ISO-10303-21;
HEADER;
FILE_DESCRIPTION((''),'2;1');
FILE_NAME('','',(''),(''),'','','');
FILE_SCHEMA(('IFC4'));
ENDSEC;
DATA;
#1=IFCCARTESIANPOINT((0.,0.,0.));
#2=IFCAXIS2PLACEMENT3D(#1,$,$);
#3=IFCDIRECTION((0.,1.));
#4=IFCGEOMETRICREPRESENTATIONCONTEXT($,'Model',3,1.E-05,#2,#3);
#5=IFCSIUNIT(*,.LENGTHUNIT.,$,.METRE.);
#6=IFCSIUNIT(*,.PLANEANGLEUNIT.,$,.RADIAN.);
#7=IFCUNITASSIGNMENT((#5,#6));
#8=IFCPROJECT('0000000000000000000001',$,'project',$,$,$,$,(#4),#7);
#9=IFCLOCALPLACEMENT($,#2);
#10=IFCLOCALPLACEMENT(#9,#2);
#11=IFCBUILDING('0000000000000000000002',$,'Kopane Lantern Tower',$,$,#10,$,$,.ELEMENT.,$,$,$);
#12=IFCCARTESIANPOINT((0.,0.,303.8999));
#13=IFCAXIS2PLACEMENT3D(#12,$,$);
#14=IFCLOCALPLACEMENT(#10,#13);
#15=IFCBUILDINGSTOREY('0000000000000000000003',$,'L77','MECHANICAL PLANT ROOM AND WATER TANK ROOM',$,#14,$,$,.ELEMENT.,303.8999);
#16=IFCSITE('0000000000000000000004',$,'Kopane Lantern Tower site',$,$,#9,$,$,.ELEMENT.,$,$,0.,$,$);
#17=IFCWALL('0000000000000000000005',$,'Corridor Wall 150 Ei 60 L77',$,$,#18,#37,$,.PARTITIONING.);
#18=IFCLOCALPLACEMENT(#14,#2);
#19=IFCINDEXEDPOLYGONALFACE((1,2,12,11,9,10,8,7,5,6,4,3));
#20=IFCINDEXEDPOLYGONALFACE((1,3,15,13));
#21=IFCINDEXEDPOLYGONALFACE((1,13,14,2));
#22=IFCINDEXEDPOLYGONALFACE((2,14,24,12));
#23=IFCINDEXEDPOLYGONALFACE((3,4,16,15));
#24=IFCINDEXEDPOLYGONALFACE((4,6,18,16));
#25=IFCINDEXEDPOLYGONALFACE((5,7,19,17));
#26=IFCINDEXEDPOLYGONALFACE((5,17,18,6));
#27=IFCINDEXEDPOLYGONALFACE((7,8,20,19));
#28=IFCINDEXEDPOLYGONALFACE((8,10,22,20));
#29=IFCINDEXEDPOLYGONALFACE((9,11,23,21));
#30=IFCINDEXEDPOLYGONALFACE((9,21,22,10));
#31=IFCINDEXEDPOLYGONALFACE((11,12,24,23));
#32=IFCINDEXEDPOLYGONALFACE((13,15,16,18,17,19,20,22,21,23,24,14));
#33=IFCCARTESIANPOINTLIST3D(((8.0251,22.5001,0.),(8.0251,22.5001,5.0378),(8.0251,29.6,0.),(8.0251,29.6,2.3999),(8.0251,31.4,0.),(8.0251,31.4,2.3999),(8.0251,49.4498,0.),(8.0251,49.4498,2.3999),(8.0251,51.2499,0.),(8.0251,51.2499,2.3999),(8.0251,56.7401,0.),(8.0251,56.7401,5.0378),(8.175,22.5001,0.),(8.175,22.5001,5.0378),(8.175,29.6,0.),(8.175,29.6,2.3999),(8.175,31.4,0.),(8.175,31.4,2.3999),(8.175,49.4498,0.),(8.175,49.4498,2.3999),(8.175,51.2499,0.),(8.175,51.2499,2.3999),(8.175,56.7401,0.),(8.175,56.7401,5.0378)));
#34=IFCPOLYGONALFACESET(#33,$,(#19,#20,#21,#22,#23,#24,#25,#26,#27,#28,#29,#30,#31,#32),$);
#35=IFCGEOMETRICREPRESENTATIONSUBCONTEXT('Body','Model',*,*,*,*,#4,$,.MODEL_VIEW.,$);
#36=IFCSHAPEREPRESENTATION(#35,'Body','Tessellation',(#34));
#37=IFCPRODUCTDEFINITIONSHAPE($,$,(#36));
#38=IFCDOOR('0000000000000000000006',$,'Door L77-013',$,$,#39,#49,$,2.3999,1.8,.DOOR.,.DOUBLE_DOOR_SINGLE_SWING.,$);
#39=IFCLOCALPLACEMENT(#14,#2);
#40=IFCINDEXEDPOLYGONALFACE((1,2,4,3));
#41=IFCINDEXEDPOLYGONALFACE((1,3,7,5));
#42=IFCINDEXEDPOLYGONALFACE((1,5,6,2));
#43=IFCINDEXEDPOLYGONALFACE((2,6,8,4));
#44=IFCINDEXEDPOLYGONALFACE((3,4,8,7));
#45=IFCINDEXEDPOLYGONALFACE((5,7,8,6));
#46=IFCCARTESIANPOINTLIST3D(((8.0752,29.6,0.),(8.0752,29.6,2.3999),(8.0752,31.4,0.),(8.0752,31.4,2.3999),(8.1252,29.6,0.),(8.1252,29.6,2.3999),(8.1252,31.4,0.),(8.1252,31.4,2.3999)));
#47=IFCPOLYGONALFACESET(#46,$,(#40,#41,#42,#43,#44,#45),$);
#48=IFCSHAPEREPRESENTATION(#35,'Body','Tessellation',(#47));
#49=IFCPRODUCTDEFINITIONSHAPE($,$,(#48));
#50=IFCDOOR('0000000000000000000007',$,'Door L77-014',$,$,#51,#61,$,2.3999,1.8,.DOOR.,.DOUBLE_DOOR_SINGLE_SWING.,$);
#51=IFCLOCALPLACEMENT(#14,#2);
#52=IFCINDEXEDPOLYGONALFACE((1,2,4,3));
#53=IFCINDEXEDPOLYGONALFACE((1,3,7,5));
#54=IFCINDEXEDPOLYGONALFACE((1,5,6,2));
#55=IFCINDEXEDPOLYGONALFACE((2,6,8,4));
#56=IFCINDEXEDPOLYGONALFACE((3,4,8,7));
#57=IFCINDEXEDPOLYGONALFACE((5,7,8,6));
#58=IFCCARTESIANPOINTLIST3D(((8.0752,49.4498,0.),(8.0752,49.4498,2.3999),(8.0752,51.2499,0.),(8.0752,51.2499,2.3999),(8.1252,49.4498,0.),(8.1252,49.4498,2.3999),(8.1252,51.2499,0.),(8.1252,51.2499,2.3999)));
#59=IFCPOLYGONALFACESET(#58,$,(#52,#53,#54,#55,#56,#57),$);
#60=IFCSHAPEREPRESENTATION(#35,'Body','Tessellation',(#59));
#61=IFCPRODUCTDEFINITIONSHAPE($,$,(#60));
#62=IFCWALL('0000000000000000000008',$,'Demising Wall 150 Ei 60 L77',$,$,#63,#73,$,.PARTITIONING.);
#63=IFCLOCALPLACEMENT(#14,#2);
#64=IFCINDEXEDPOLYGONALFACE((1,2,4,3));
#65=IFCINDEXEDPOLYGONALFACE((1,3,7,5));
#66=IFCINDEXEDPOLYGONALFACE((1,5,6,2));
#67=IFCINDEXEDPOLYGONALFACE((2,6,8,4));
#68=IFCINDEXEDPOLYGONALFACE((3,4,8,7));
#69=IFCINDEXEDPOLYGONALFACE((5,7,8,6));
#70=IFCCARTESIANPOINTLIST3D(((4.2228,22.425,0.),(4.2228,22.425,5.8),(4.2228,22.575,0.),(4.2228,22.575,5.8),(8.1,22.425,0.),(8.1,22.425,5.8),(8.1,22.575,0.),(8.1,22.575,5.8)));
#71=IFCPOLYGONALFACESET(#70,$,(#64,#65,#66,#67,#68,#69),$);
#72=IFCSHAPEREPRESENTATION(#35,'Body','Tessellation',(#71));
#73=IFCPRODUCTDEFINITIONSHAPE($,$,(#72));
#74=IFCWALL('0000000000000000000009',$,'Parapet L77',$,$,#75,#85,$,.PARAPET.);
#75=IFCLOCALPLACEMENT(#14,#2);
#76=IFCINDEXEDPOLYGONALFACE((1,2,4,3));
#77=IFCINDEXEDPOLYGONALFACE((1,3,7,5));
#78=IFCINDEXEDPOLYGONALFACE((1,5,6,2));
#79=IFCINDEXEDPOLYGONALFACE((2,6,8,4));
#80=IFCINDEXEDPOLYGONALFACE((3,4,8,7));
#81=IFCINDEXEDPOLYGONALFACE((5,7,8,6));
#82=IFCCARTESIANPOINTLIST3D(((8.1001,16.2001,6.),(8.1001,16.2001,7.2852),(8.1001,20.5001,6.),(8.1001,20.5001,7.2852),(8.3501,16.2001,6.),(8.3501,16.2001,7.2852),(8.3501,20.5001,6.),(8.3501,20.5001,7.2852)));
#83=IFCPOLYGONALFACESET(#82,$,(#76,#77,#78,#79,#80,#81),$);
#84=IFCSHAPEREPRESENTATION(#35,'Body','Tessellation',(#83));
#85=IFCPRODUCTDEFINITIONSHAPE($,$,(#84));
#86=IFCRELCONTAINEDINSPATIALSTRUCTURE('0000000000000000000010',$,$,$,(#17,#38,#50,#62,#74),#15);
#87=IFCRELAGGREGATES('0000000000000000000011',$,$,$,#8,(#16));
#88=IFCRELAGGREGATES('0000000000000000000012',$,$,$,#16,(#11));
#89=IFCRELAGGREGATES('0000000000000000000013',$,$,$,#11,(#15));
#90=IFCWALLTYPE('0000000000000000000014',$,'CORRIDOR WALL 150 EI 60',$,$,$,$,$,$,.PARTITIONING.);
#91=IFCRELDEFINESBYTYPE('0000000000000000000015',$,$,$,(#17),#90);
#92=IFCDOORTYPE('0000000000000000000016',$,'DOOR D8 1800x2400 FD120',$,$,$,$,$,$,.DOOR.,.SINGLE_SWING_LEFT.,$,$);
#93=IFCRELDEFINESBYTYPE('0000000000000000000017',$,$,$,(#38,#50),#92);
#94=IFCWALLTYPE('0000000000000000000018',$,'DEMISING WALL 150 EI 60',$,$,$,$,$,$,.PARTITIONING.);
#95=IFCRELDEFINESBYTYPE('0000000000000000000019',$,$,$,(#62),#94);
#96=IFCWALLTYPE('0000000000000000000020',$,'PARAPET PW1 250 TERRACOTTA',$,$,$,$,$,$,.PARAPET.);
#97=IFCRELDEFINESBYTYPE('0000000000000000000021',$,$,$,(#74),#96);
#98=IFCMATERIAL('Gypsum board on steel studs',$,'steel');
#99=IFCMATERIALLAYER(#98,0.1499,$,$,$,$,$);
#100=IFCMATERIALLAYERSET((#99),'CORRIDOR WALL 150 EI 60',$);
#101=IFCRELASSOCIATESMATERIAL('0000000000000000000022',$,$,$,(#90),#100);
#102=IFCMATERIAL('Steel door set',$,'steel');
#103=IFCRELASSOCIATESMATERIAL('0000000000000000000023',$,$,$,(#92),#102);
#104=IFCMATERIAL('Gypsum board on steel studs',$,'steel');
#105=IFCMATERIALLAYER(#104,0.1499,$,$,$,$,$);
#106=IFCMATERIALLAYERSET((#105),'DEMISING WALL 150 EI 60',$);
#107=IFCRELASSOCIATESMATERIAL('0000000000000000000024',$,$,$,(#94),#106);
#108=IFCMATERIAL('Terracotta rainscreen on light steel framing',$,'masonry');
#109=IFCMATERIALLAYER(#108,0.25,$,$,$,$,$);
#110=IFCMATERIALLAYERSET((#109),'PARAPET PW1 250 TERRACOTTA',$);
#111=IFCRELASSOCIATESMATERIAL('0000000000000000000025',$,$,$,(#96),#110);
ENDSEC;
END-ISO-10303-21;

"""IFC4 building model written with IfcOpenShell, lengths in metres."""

from ifc_helpers import new_model, si_unit, direction, frame, frame_2d, origin, place, context, subcontext, project, spatial, rectangle, extrude, material, layer, layer_set, type_object, element, fill, save


model = new_model("IFC4")

# Units and contexts
model_context = context("Model", 3, precision=1e-05, world=origin(), true_north=direction((0.0, 1.0)))
body_context = subcontext(model_context, "Body", "Model", "MODEL_VIEW")
ifc_project = project(units=[si_unit("LENGTHUNIT", "METRE"), si_unit("PLANEANGLEUNIT", "RADIAN")], contexts=[model_context])

# Site, building, storey
site_placement = place(None, origin())
site = spatial("IfcSite", under=ifc_project, at=site_placement, Name="Kopane Lantern Tower site", CompositionType="ELEMENT", RefElevation=0.0)
building_placement = place(site_placement, origin())
building = spatial("IfcBuilding", under=site, at=building_placement, Name="Kopane Lantern Tower", CompositionType="ELEMENT")
storey_placement = place(building_placement, frame((0.0, 0.0, 303.8999)))
storey = spatial("IfcBuildingStorey", under=building, at=storey_placement, Name="L77", Description="MECHANICAL PLANT ROOM AND WATER TANK ROOM", CompositionType="ELEMENT", Elevation=303.8999)

# Wall, openings, doors
ifc_material_1 = material(Name="Gypsum board on steel studs", Category="steel")
ifc_layer_1 = layer(ifc_material_1, 0.1499)
ifc_layer_set_1 = layer_set([ifc_layer_1], Name="CORRIDOR WALL 150 EI 60")
wall_type_1 = type_object("IfcWallType", Name="CORRIDOR WALL 150 EI 60", PredefinedType="PARTITIONING", material=ifc_layer_set_1)
ifc_material_2 = material(Name="Steel door set", Category="steel")
door_type_1 = type_object("IfcDoorType", Name="DOOR D8 1800x2400 FD120", OperationType="SINGLE_SWING_LEFT", PredefinedType="DOOR", material=ifc_material_2)
wall_1_placement = place(storey_placement, frame((8.1001, 22.5, 0.0), z_axis=(0.0, 0.0, 1.0), x_axis=(0.0, 1.0, 0.0)))
wall_1 = element("IfcWall", 1, at=wall_1_placement, inside=storey, type_object=wall_type_1, Name="Corridor Wall 150 Ei 60 L77", PredefinedType="PARTITIONING", context=body_context, shape_type="SweptSolid", body=[
    extrude(rectangle(XDim=34.24, YDim=0.1499, at=frame_2d((17.1201, 0.0))), origin(), (0.0, 0.0, 1.0), 5.0378),
])
opening_1_placement = place(wall_1_placement, frame((7.1001, 0.0, 0.0)))
opening_1 = element("IfcOpeningElement", 2, at=opening_1_placement, cuts=wall_1, PredefinedType="OPENING", context=body_context, shape_type="SweptSolid", body=[
    extrude(rectangle(XDim=1.8, YDim=2.3999, at=frame_2d((0.8999, 1.2))), frame((0.0, 0.085, 0.0), z_axis=(0.0, -1.0, 0.0), x_axis=(1.0, 0.0, 0.0)), (0.0, 0.0, 1.0), 0.1699),
])
opening_2_placement = place(wall_1_placement, frame((26.95, 0.0, 0.0)))
opening_2 = element("IfcOpeningElement", 3, at=opening_2_placement, cuts=wall_1, PredefinedType="OPENING", context=body_context, shape_type="SweptSolid", body=[
    extrude(rectangle(XDim=1.8, YDim=2.3999, at=frame_2d((0.8999, 1.2))), frame((0.0, 0.085, 0.0), z_axis=(0.0, -1.0, 0.0), x_axis=(1.0, 0.0, 0.0)), (0.0, 0.0, 1.0), 0.1699),
])
door_1_placement = place(opening_1_placement, origin())
door_1 = element("IfcDoor", 4, at=door_1_placement, inside=storey, type_object=door_type_1, Name="Door L77-013", OperationType="DOUBLE_DOOR_SINGLE_SWING", OverallHeight=2.3999, OverallWidth=1.8, PredefinedType="DOOR", context=body_context, shape_type="SweptSolid", body=[
    extrude(rectangle(XDim=1.8, YDim=2.3999, at=frame_2d((0.8999, 1.2))), frame((0.0, 0.0249, 0.0), z_axis=(0.0, -1.0, 0.0), x_axis=(1.0, 0.0, 0.0)), (0.0, 0.0, 1.0), 0.05),
])
fill(opening_1, door_1)
door_2_placement = place(opening_2_placement, origin())
door_2 = element("IfcDoor", 5, at=door_2_placement, inside=storey, type_object=door_type_1, Name="Door L77-014", OperationType="DOUBLE_DOOR_SINGLE_SWING", OverallHeight=2.3999, OverallWidth=1.8, PredefinedType="DOOR", context=body_context, shape_type="SweptSolid", body=[
    extrude(rectangle(XDim=1.8, YDim=2.3999, at=frame_2d((0.8999, 1.2))), frame((0.0, 0.0249, 0.0), z_axis=(0.0, -1.0, 0.0), x_axis=(1.0, 0.0, 0.0)), (0.0, 0.0, 1.0), 0.05),
])
fill(opening_2, door_2)

# Walls
ifc_material_3 = material(Name="Gypsum board on steel studs", Category="steel")
ifc_layer_2 = layer(ifc_material_3, 0.1499)
ifc_layer_set_2 = layer_set([ifc_layer_2], Name="DEMISING WALL 150 EI 60")
wall_type_2 = type_object("IfcWallType", Name="DEMISING WALL 150 EI 60", PredefinedType="PARTITIONING", material=ifc_layer_set_2)
wall_2_placement = place(storey_placement, frame((4.2229, 22.5, 0.0), z_axis=(0.0, 0.0, 1.0), x_axis=(1.0, 0.0, 0.0)))
element("IfcWall", 6, at=wall_2_placement, inside=storey, type_object=wall_type_2, Name="Demising Wall 150 Ei 60 L77", PredefinedType="PARTITIONING", context=body_context, shape_type="SweptSolid", body=[
    extrude(rectangle(XDim=3.8772, YDim=0.1499, at=frame_2d((1.9385, 0.0))), origin(), (0.0, 0.0, 1.0), 5.8),
])
ifc_material_4 = material(Name="Terracotta rainscreen on light steel framing", Category="masonry")
ifc_layer_3 = layer(ifc_material_4, 0.25)
ifc_layer_set_3 = layer_set([ifc_layer_3], Name="PARAPET PW1 250 TERRACOTTA")
wall_type_3 = type_object("IfcWallType", Name="PARAPET PW1 250 TERRACOTTA", PredefinedType="PARAPET", material=ifc_layer_set_3)
wall_3_placement = place(storey_placement, frame((8.2251, 20.5, 6.0), z_axis=(0.0, 0.0, 1.0), x_axis=(0.0, -1.0, 0.0)))
element("IfcWall", 7, at=wall_3_placement, inside=storey, type_object=wall_type_3, Name="Parapet L77", PredefinedType="PARAPET", context=body_context, shape_type="SweptSolid", body=[
    extrude(rectangle(XDim=4.3, YDim=0.25, at=frame_2d((2.1499, 0.0))), origin(), (0.0, 0.0, 1.0), 1.2852),
])

save(model, "model.ifc")
